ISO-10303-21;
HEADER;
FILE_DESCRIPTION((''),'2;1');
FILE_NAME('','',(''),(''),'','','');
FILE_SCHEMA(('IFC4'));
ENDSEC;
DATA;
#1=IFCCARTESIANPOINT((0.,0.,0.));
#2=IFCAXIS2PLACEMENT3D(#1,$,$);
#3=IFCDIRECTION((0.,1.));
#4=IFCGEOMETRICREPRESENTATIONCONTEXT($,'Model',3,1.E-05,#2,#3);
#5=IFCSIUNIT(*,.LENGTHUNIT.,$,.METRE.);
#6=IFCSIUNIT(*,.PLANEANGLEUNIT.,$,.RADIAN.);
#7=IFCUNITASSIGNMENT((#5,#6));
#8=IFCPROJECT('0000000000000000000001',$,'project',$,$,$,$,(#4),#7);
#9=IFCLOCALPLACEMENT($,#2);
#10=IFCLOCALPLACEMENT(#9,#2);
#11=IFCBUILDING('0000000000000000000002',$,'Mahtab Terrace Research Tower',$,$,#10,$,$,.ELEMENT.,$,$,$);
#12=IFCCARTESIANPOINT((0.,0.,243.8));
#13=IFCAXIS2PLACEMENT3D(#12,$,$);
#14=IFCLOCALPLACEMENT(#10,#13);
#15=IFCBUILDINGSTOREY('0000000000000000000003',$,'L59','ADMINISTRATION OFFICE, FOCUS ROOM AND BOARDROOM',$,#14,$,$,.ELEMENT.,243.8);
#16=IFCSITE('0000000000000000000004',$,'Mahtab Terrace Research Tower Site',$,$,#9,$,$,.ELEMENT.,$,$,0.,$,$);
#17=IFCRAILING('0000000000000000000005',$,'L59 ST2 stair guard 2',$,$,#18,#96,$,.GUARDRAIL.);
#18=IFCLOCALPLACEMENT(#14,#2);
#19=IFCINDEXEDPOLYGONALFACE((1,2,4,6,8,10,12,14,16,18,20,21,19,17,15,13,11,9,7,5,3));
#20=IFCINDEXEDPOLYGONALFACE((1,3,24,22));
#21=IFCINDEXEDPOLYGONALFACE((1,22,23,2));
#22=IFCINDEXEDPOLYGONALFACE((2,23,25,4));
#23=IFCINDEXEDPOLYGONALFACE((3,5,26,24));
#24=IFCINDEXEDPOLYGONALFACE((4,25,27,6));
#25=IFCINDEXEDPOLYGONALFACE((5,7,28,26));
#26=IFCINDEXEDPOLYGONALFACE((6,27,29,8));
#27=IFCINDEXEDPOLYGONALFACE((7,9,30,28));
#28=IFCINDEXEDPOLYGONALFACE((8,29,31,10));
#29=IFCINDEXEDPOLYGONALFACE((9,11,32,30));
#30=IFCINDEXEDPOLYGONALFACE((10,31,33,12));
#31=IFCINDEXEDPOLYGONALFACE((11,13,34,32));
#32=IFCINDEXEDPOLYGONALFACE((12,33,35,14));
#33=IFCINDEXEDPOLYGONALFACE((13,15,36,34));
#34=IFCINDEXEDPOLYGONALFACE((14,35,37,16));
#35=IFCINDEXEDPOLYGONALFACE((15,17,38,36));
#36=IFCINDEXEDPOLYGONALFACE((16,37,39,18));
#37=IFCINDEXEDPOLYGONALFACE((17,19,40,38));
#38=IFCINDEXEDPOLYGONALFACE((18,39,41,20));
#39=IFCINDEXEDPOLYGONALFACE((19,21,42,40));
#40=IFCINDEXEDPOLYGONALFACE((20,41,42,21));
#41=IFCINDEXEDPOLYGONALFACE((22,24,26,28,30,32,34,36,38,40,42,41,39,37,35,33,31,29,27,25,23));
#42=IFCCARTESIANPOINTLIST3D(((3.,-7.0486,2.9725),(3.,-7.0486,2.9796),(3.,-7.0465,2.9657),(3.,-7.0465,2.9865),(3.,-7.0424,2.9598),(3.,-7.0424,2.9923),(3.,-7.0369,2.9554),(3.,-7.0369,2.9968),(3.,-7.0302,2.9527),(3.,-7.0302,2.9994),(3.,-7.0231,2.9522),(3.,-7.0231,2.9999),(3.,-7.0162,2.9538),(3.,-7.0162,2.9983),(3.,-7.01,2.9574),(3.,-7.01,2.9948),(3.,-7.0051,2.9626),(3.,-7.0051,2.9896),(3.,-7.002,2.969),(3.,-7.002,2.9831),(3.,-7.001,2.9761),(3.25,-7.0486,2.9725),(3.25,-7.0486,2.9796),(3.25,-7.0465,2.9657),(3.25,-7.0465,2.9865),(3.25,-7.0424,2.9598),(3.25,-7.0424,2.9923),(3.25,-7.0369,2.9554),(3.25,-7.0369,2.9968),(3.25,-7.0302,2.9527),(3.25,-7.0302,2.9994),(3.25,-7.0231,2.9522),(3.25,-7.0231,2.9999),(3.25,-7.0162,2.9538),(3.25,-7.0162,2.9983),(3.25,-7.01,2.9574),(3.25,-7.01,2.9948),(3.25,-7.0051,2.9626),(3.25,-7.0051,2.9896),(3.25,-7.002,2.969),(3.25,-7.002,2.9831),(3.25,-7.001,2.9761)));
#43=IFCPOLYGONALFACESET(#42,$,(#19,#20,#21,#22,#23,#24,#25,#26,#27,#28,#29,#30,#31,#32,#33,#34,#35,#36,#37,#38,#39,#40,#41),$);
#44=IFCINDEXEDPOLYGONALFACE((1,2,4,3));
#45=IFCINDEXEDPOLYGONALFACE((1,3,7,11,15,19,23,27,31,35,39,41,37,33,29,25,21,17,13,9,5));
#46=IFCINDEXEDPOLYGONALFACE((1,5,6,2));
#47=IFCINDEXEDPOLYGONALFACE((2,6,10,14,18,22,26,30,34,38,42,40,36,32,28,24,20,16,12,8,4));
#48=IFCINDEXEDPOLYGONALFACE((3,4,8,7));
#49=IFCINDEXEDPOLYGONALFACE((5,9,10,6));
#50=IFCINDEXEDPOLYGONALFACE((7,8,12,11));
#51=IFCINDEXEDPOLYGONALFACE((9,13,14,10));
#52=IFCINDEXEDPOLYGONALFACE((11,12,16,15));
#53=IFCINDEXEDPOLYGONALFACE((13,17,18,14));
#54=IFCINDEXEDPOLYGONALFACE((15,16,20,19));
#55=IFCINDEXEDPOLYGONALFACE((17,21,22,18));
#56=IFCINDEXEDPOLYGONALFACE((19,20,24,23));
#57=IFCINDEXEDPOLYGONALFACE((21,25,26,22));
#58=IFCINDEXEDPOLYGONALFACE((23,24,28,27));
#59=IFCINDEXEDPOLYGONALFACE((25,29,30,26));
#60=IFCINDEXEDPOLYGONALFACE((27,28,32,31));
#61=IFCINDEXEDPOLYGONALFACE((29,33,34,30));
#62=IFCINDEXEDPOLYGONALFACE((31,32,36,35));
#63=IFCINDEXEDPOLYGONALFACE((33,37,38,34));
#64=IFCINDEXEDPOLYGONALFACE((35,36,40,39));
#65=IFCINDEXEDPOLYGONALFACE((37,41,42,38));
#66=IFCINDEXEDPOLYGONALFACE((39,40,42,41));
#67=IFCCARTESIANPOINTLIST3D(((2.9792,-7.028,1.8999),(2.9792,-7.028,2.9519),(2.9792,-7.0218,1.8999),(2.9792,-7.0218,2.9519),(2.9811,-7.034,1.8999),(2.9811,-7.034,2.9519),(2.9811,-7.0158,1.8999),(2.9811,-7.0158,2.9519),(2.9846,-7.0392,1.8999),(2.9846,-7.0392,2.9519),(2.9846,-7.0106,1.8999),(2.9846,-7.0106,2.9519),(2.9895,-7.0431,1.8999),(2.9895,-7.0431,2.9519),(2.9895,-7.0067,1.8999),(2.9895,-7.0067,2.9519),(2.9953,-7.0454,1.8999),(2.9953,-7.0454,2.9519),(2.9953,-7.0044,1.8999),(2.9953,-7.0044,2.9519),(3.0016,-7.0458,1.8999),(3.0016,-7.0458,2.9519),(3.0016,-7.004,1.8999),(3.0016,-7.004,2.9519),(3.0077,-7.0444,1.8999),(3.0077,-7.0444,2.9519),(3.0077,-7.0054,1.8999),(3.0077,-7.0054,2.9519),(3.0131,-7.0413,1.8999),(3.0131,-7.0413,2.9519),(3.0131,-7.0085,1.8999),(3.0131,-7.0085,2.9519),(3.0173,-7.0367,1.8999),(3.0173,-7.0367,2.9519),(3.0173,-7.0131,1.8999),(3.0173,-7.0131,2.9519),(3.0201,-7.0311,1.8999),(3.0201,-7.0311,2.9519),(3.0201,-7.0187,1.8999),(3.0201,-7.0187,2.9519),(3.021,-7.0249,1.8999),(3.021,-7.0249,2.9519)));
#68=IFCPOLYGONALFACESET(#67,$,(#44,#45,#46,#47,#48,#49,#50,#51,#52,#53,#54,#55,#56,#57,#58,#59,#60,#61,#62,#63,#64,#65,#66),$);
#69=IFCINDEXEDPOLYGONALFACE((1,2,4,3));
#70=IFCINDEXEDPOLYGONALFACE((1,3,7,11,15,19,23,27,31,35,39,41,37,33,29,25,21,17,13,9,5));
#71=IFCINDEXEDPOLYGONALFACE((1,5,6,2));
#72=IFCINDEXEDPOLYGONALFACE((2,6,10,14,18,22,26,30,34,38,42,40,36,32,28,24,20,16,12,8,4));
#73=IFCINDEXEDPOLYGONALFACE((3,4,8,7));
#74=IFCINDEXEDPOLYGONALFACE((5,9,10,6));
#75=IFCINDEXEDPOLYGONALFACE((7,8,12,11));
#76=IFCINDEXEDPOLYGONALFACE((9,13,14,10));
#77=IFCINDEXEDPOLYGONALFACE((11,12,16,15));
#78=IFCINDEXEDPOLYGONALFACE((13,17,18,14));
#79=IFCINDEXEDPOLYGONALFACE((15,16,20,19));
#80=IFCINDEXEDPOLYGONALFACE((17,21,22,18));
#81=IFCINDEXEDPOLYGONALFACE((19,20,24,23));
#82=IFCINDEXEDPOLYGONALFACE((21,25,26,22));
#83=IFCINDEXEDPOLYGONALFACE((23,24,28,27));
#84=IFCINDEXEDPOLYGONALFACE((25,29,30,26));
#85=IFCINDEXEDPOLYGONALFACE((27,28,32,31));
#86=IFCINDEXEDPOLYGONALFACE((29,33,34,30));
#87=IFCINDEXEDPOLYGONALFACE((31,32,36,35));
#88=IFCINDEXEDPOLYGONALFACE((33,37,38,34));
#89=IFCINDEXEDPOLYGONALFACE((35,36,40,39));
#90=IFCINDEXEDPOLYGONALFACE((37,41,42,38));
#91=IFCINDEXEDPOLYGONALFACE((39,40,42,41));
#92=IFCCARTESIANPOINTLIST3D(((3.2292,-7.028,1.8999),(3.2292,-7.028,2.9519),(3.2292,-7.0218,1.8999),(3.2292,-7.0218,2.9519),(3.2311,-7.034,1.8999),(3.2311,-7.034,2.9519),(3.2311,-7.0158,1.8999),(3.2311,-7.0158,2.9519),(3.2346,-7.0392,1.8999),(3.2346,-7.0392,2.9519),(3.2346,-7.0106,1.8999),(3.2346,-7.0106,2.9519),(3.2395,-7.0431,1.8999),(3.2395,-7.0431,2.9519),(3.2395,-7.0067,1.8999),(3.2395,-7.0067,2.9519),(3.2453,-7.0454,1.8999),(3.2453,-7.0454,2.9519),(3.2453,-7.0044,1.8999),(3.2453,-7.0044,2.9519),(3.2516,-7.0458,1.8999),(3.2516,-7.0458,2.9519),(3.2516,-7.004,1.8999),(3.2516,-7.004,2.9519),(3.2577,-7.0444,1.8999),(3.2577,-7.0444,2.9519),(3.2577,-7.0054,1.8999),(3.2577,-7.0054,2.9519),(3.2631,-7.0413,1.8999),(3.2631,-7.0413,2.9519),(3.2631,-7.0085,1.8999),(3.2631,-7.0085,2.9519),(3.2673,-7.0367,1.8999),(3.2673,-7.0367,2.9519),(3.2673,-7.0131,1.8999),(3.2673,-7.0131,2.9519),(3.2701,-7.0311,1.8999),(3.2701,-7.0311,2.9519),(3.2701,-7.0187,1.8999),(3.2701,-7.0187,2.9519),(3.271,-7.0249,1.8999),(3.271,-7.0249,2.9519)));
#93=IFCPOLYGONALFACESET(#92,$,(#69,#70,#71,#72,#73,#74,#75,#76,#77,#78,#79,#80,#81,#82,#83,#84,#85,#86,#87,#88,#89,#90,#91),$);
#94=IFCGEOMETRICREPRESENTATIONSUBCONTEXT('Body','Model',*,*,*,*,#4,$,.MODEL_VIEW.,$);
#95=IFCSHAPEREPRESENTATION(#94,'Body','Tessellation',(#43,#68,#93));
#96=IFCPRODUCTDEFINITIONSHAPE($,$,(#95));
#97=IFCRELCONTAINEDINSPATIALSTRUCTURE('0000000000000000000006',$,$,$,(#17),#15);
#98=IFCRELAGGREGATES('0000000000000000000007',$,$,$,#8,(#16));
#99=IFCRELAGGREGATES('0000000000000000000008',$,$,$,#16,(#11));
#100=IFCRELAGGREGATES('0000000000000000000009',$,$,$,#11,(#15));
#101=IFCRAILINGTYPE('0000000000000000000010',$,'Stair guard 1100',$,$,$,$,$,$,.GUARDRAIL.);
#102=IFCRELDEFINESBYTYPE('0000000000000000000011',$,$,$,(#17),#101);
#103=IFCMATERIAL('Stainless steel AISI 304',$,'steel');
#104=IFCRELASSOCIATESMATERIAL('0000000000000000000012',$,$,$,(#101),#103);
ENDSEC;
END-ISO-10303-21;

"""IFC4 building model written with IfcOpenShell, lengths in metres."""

from ifc_helpers import new_model, si_unit, direction, frame, origin, origin_2d, place, context, subcontext, project, spatial, circle, extrude, material, type_object, element, save


model = new_model("IFC4")

# Units and contexts
model_context = context("Model", 3, precision=1e-05, world=origin(), true_north=direction((0.0, 1.0)))
body_context = subcontext(model_context, "Body", "Model", "MODEL_VIEW")
ifc_project = project(units=[si_unit("LENGTHUNIT", "METRE"), si_unit("PLANEANGLEUNIT", "RADIAN")], contexts=[model_context])

# Site, building, storey
site_placement = place(None, origin())
site = spatial("IfcSite", under=ifc_project, at=site_placement, Name="Mahtab Terrace Research Tower Site", CompositionType="ELEMENT", RefElevation=0.0)
building_placement = place(site_placement, origin())
building = spatial("IfcBuilding", under=site, at=building_placement, Name="Mahtab Terrace Research Tower", CompositionType="ELEMENT")
storey_placement = place(building_placement, frame((0.0, 0.0, 243.8)))
storey = spatial("IfcBuildingStorey", under=building, at=storey_placement, Name="L59", Description="ADMINISTRATION OFFICE, FOCUS ROOM AND BOARDROOM", CompositionType="ELEMENT", Elevation=243.8)

# Shared definitions
ifc_material_1 = material(Name="Stainless steel AISI 304", Category="steel")

# Railing
railing_type_1 = type_object("IfcRailingType", Name="Stair guard 1100", PredefinedType="GUARDRAIL", material=ifc_material_1)
railing_1_placement = place(storey_placement, frame((3.0, -7.0249, 1.8999)))
element("IfcRailing", 1, at=railing_1_placement, inside=storey, type_object=railing_type_1, Name="L59 ST2 stair guard 2", PredefinedType="GUARDRAIL", context=body_context, shape_type="SweptSolid", body=[
    extrude(circle(Radius=0.0239, at=origin_2d()), frame((0.0, 0.0, 1.0762), z_axis=(1.0, 0.0, 0.0), x_axis=(0.0, 1.0, 0.0)), (0.0, 0.0, 1.0), 0.25),
    extrude(circle(Radius=0.021, at=origin_2d()), origin(), (0.0, 0.0, 1.0), 1.052),
    extrude(circle(Radius=0.021, at=origin_2d()), frame((0.25, 0.0, 0.0)), (0.0, 0.0, 1.0), 1.052),
])

save(model, "model.ifc")
